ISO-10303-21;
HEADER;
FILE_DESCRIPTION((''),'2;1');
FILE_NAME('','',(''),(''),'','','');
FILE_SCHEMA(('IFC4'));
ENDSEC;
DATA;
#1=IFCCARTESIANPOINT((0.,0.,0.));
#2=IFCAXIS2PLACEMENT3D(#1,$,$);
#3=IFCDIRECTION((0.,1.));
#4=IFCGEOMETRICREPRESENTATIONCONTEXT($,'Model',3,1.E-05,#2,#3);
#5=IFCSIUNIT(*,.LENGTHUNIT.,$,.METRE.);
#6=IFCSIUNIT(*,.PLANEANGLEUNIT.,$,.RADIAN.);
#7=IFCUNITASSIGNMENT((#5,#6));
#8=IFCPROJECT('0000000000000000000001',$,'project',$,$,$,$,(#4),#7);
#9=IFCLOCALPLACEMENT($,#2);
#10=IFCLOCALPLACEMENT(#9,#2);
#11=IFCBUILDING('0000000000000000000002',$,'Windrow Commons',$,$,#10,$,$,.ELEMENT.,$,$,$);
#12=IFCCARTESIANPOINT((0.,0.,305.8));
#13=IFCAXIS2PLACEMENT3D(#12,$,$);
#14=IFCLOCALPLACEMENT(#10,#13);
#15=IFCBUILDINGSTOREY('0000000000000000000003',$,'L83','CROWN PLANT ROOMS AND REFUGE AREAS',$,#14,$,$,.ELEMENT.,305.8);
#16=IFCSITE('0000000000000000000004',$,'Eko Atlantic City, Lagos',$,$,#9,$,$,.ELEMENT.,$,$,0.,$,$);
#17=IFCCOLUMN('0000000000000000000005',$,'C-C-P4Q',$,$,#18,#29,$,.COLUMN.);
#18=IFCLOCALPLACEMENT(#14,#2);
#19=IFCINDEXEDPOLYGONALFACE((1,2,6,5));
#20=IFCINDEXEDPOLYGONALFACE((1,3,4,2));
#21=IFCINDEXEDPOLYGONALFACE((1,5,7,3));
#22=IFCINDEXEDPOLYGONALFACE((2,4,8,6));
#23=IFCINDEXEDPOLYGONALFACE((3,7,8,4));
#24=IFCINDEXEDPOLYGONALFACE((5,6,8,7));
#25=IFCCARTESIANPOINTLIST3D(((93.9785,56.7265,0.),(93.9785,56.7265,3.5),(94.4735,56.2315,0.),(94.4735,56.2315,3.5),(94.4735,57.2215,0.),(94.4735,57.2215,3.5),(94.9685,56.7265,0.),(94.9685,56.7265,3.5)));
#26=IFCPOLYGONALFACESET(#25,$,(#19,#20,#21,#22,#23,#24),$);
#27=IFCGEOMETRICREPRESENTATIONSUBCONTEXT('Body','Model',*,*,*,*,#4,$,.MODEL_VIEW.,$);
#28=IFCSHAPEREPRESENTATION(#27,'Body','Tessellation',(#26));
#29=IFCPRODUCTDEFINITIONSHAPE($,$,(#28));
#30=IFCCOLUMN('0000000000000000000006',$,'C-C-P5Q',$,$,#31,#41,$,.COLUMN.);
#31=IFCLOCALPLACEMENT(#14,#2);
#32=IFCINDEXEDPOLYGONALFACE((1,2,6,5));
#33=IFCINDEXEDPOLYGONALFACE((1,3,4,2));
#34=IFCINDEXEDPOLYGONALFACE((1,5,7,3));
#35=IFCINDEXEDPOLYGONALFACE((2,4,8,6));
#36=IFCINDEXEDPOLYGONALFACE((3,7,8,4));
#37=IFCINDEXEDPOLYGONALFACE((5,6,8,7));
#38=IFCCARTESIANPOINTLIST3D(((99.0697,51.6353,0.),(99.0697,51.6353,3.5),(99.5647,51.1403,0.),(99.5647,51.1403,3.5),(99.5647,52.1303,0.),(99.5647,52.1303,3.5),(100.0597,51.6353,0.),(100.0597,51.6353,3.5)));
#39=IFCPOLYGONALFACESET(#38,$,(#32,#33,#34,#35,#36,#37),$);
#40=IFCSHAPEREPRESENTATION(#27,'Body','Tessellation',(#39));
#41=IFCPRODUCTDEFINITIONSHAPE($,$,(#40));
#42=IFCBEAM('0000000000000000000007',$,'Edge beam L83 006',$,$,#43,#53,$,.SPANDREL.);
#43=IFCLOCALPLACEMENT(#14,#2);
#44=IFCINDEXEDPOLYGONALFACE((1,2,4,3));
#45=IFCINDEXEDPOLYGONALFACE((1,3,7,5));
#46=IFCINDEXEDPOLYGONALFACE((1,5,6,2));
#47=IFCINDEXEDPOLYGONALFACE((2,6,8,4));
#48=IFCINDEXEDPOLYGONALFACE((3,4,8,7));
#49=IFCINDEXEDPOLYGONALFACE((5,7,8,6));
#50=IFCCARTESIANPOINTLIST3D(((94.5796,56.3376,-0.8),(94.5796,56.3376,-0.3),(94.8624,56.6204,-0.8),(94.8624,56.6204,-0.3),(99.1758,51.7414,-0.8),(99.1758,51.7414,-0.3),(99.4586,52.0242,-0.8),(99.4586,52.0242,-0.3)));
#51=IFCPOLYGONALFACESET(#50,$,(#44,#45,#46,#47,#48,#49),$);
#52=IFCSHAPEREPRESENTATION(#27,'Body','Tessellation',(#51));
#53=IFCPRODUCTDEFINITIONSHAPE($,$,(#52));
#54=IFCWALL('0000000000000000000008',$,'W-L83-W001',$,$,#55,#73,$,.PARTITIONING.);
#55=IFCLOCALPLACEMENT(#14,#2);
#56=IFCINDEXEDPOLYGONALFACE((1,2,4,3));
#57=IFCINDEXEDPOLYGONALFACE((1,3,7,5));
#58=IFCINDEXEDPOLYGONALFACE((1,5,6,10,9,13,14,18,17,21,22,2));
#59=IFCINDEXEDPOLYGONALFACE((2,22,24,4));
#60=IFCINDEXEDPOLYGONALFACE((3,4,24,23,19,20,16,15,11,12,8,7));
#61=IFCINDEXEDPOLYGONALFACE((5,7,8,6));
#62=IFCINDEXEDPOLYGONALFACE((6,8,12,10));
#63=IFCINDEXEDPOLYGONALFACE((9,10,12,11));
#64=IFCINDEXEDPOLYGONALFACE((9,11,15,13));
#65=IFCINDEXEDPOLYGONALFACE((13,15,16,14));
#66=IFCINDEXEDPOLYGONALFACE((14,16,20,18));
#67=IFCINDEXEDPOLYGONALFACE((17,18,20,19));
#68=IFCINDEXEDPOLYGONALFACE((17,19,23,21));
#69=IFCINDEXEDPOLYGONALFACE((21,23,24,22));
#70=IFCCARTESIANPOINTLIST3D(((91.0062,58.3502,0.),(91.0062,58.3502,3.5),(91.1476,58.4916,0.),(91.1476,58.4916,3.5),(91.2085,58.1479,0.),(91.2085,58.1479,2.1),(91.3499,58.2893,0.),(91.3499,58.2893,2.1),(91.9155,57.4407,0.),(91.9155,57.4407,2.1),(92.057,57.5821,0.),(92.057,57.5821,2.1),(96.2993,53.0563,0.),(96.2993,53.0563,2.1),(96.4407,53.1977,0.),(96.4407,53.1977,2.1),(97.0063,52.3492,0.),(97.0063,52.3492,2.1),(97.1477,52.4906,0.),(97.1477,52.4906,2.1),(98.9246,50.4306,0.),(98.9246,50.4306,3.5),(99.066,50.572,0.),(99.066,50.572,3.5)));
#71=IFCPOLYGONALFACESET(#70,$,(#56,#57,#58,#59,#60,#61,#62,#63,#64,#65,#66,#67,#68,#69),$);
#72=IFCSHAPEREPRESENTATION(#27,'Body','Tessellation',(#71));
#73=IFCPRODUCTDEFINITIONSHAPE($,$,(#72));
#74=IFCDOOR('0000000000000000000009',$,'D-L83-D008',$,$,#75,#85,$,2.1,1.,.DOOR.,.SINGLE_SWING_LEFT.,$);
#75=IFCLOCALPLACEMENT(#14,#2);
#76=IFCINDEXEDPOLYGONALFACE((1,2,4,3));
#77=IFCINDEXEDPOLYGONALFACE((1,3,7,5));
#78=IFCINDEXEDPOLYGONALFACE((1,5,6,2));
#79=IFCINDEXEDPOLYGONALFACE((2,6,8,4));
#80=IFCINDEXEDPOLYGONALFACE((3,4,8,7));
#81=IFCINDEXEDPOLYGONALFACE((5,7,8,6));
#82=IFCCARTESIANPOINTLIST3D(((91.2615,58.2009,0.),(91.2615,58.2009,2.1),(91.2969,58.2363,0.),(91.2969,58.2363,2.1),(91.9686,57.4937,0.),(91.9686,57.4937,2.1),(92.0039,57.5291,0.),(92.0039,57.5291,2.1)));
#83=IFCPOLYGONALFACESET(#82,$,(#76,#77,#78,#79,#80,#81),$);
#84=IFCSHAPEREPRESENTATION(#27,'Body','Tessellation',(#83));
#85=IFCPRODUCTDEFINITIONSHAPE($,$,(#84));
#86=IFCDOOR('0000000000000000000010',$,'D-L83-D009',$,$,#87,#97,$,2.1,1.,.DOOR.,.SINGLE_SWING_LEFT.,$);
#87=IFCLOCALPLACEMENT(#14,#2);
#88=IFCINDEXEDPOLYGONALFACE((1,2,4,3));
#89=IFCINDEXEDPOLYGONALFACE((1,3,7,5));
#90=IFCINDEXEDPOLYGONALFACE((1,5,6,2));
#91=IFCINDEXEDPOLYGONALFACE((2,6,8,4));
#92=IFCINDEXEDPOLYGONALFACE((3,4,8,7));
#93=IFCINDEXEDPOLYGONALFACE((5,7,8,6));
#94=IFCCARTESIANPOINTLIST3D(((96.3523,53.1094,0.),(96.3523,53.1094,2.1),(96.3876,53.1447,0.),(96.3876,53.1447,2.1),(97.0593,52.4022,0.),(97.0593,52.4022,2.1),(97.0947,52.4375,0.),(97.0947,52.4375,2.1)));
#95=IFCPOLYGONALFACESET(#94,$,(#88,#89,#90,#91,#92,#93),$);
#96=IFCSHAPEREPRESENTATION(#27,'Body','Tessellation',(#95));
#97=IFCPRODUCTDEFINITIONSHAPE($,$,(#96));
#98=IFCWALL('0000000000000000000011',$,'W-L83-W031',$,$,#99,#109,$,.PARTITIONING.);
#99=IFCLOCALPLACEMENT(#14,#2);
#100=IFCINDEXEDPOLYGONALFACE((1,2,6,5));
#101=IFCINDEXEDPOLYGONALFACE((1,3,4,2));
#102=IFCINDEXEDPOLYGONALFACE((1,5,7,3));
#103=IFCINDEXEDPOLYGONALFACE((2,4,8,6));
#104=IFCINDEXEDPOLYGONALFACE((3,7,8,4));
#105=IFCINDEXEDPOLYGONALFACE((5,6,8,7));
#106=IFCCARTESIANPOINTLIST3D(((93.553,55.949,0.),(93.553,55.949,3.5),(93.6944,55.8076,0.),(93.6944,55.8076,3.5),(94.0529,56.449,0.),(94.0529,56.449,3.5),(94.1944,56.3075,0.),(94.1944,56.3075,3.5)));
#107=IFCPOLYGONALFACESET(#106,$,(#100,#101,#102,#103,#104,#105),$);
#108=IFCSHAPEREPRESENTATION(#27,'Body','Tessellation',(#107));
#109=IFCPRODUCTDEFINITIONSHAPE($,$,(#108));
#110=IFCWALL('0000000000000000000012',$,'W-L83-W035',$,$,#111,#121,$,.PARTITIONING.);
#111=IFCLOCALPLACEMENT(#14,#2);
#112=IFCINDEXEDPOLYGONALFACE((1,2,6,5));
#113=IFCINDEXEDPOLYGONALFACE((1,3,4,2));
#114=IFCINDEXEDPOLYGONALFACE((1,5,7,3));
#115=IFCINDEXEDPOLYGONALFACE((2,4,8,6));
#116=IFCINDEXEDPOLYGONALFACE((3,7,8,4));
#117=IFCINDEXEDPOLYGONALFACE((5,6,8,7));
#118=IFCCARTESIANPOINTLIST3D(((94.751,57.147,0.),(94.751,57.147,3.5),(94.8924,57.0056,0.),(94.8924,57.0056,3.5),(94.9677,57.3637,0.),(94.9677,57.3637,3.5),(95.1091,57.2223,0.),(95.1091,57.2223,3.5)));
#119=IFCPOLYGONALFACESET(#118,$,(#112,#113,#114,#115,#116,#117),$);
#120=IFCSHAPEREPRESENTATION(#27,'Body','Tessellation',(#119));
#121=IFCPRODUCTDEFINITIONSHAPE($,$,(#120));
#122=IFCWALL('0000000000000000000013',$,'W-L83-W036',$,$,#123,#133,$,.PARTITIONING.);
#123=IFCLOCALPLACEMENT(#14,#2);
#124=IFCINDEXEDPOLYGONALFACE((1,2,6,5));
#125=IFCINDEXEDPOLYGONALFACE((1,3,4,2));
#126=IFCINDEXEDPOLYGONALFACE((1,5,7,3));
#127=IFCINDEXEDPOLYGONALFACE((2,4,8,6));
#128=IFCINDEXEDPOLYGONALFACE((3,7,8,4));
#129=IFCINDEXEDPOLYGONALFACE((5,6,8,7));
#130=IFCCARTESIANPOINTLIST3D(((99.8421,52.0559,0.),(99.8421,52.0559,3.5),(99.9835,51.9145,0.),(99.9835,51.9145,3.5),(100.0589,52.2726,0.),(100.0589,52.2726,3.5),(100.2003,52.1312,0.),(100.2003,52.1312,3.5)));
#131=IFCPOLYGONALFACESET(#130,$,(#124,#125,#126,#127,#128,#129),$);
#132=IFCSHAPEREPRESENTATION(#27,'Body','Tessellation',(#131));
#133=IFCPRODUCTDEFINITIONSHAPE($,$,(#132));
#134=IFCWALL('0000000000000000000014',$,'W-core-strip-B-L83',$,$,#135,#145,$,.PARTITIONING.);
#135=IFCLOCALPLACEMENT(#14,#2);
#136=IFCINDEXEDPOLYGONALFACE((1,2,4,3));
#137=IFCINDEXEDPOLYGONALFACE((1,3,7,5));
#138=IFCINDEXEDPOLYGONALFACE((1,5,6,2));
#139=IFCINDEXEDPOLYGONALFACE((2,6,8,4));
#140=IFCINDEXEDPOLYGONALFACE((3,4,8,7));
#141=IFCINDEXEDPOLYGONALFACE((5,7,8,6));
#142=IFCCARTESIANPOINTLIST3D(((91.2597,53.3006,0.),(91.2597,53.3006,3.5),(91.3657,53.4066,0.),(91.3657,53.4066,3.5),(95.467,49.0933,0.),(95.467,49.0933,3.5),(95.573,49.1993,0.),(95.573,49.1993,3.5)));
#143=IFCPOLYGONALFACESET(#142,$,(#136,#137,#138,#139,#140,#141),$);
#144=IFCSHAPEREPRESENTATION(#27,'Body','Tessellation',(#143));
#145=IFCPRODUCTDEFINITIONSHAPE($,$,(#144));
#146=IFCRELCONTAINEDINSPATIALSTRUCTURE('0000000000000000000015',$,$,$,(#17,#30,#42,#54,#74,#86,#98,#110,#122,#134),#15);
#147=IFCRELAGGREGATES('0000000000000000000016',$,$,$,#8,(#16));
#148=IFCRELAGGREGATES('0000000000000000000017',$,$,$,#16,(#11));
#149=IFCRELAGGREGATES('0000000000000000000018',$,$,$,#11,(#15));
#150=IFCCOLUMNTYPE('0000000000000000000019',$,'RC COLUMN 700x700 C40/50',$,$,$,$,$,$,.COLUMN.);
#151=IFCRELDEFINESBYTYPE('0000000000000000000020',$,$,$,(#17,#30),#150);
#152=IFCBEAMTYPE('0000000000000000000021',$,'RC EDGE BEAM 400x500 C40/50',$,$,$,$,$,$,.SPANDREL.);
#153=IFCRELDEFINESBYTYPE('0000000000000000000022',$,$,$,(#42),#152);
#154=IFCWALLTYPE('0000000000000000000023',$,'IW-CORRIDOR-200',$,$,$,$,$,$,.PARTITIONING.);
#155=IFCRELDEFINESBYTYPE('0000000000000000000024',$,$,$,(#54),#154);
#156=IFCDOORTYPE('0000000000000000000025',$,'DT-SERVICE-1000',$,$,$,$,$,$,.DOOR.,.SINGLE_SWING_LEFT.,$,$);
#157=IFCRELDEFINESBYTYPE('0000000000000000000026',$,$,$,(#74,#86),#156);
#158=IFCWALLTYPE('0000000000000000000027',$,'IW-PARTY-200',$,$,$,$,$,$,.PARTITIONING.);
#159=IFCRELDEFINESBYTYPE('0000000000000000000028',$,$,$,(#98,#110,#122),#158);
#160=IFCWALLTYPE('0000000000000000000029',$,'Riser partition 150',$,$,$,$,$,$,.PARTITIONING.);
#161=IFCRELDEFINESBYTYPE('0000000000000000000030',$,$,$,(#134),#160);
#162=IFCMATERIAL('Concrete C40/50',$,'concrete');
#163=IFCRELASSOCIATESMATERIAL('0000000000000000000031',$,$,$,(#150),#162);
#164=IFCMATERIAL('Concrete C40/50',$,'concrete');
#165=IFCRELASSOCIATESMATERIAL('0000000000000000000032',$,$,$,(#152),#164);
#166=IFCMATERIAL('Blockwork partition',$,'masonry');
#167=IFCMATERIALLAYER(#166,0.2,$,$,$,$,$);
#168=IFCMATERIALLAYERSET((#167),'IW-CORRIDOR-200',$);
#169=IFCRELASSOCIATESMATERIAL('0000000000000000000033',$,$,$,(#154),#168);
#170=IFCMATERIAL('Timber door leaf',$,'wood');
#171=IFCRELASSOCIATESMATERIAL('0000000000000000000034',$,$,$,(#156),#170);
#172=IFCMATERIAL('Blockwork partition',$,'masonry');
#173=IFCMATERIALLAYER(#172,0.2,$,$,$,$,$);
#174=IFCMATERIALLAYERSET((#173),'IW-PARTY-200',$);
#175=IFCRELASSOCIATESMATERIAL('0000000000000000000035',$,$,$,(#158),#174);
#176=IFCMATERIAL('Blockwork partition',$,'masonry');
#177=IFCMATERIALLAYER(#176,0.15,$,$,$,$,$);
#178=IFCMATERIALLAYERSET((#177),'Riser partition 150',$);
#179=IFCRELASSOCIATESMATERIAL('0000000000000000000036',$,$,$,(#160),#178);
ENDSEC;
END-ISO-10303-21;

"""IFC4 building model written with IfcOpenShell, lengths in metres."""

from ifc_helpers import new_model, si_unit, direction, frame, frame_2d, origin, origin_2d, place, context, subcontext, project, spatial, polyline, rectangle, outline, extrude, material, layer, layer_set, material_profile, profile_set, type_object, element, fill, save


model = new_model("IFC4")

# Units and contexts
model_context = context("Model", 3, precision=1e-05, world=origin(), true_north=direction((0.0, 1.0)))
body_context = subcontext(model_context, "Body", "Model", "MODEL_VIEW")
ifc_project = project(units=[si_unit("LENGTHUNIT", "METRE"), si_unit("PLANEANGLEUNIT", "RADIAN")], contexts=[model_context])

# Site, building, storey
site_placement = place(None, origin())
site = spatial("IfcSite", under=ifc_project, at=site_placement, Name="Eko Atlantic City, Lagos", CompositionType="ELEMENT", RefElevation=0.0)
building_placement = place(site_placement, origin())
building = spatial("IfcBuilding", under=site, at=building_placement, Name="Windrow Commons", CompositionType="ELEMENT")
storey_placement = place(building_placement, frame((0.0, 0.0, 305.8)))
storey = spatial("IfcBuildingStorey", under=building, at=storey_placement, Name="L83", Description="CROWN PLANT ROOMS AND REFUGE AREAS", CompositionType="ELEMENT", Elevation=305.8)

# Columns
ifc_material_1 = material(Name="Concrete C40/50", Category="concrete")
ifc_material_profile_1 = material_profile(ifc_material_1, rectangle(XDim=0.7, YDim=0.7, at=origin_2d()))
ifc_profile_set_1 = profile_set([ifc_material_profile_1], Name="Concrete C40/50")
column_type = type_object("IfcColumnType", Name="RC COLUMN 700x700 C40/50", PredefinedType="COLUMN", material=ifc_profile_set_1)
for number, where, z_axis, x_axis, name in (
    (1, (94.4735, 56.7265, 0.0), (0.0, 0.0, 1.0), (0.707107, -0.707107, 0.0), "C-C-P4Q"),
    (2, (99.5647, 51.6353, 0.0), (0.0, 0.0, 1.0), (0.707107, -0.707107, 0.0), "C-C-P5Q"),
):
    element("IfcColumn", number, at=place(storey_placement, frame(where, z_axis=z_axis, x_axis=x_axis)), inside=storey, type_object=column_type, Name=name, PredefinedType="COLUMN", context=body_context, shape_type="SweptSolid", body=[
        extrude(rectangle(XDim=0.7, YDim=0.7, at=origin_2d()), origin(), (0.0, 0.0, 1.0), 3.5),
    ])

# Beam
ifc_material_2 = material(Name="Concrete C40/50", Category="concrete")
ifc_material_profile_2 = material_profile(ifc_material_2, rectangle(XDim=0.4, YDim=0.5, at=origin_2d()))
ifc_profile_set_2 = profile_set([ifc_material_profile_2], Name="Concrete C40/50")
beam_type = type_object("IfcBeamType", Name="RC EDGE BEAM 400x500 C40/50", PredefinedType="SPANDREL", material=ifc_profile_set_2)
beam_placement = place(storey_placement, frame((94.721, 56.479, -0.55), z_axis=(0.707107, -0.707107, 0.0), x_axis=(0.707107, 0.707107, 0.0)))
element("IfcBeam", 3, at=beam_placement, inside=storey, type_object=beam_type, Name="Edge beam L83 006", PredefinedType="SPANDREL", context=body_context, shape_type="SweptSolid", body=[
    extrude(rectangle(XDim=0.4, YDim=0.5, at=origin_2d()), origin(), (0.0, 0.0, 1.0), 6.5),
])

# Wall, openings, doors
ifc_material_3 = material(Name="Blockwork partition", Category="masonry")
ifc_layer_1 = layer(ifc_material_3, 0.2)
ifc_layer_set_1 = layer_set([ifc_layer_1], Name="IW-CORRIDOR-200")
wall_type_1 = type_object("IfcWallType", Name="IW-CORRIDOR-200", PredefinedType="PARTITIONING", material=ifc_layer_set_1)
wall_1_placement = place(storey_placement, frame((91.0769, 58.4209, 0.0), z_axis=(0.0, 0.0, 1.0), x_axis=(0.707053, -0.70716, 0.0)))
wall_1 = element("IfcWall", 4, at=wall_1_placement, inside=storey, type_object=wall_type_1, Name="W-L83-W001", PredefinedType="PARTITIONING", context=body_context, shape_type="SweptSolid", body=[
    extrude(rectangle(XDim=11.1992, YDim=0.2, at=frame_2d((5.5996, 0.0))), origin(), (0.0, 0.0, 1.0), 3.5),
])
opening_1_placement = place(wall_1_placement, frame((0.2861, 0.0, 0.0)))
opening_1 = element("IfcOpeningElement", 5, at=opening_1_placement, cuts=wall_1, PredefinedType="OPENING", context=body_context, shape_type="SweptSolid", body=[
    extrude(rectangle(XDim=1.0, YDim=2.1, at=frame_2d((0.5, 1.05))), frame((0.0, 0.11, 0.0), z_axis=(0.0, -1.0, 0.0), x_axis=(1.0, 0.0, 0.0)), (0.0, 0.0, 1.0), 0.22),
])
opening_2_placement = place(wall_1_placement, frame((7.4861, 0.0, 0.0)))
opening_2 = element("IfcOpeningElement", 6, at=opening_2_placement, cuts=wall_1, PredefinedType="OPENING", context=body_context, shape_type="SweptSolid", body=[
    extrude(rectangle(XDim=1.0, YDim=2.1, at=frame_2d((0.5, 1.05))), frame((0.0, 0.11, 0.0), z_axis=(0.0, -1.0, 0.0), x_axis=(1.0, 0.0, 0.0)), (0.0, 0.0, 1.0), 0.22),
])
ifc_material_4 = material(Name="Timber door leaf", Category="wood")
door_type = type_object("IfcDoorType", Name="DT-SERVICE-1000", OperationType="SINGLE_SWING_LEFT", PredefinedType="DOOR", material=ifc_material_4)
door_1_placement = place(opening_1_placement, origin())
door_1 = element("IfcDoor", 7, at=door_1_placement, inside=storey, type_object=door_type, Name="D-L83-D008", OperationType="SINGLE_SWING_LEFT", OverallHeight=2.1, OverallWidth=1.0, PredefinedType="DOOR", context=body_context, shape_type="SweptSolid", body=[
    extrude(rectangle(XDim=1.0, YDim=2.1, at=frame_2d((0.5, 1.05))), frame((0.0, 0.025, 0.0), z_axis=(0.0, -1.0, 0.0), x_axis=(1.0, 0.0, 0.0)), (0.0, 0.0, 1.0), 0.05),
])
fill(opening_1, door_1)
door_2_placement = place(opening_2_placement, origin())
door_2 = element("IfcDoor", 8, at=door_2_placement, inside=storey, type_object=door_type, Name="D-L83-D009", OperationType="SINGLE_SWING_LEFT", OverallHeight=2.1, OverallWidth=1.0, PredefinedType="DOOR", context=body_context, shape_type="SweptSolid", body=[
    extrude(rectangle(XDim=1.0, YDim=2.1, at=frame_2d((0.5, 1.05))), frame((0.0, 0.025, 0.0), z_axis=(0.0, -1.0, 0.0), x_axis=(1.0, 0.0, 0.0)), (0.0, 0.0, 1.0), 0.05),
])
fill(opening_2, door_2)

# Walls
ifc_material_5 = material(Name="Blockwork partition", Category="masonry")
ifc_layer_2 = layer(ifc_material_5, 0.2)
ifc_layer_set_2 = layer_set([ifc_layer_2], Name="IW-PARTY-200")
wall_type_2 = type_object("IfcWallType", Name="IW-PARTY-200", PredefinedType="PARTITIONING", material=ifc_layer_set_2)
wall_2_placement = place(storey_placement, frame((93.6237, 55.8783, 0.0), z_axis=(0.0, 0.0, 1.0), x_axis=(0.707107, 0.707107, 0.0)))
element("IfcWall", 9, at=wall_2_placement, inside=storey, type_object=wall_type_2, Name="W-L83-W031", PredefinedType="PARTITIONING", context=body_context, shape_type="SweptSolid", body=[
    extrude(rectangle(XDim=0.7071, YDim=0.2, at=frame_2d((0.3535, 0.0))), origin(), (0.0, 0.0, 1.0), 3.5),
])
for number, where, z_axis, x_axis, name in (
    (10, (94.8217, 57.0763, 0.0), (0.0, 0.0, 1.0), (0.707107, 0.707107, 0.0), "W-L83-W035"),
    (11, (99.9128, 51.9852, 0.0), (0.0, 0.0, 1.0), (0.70727, 0.706944, 0.0), "W-L83-W036"),
):
    element("IfcWall", number, at=place(storey_placement, frame(where, z_axis=z_axis, x_axis=x_axis)), inside=storey, type_object=wall_type_2, Name=name, PredefinedType="PARTITIONING", context=body_context, shape_type="SweptSolid", body=[
        extrude(outline(polyline([(0.0, -0.1), (0.3065, -0.1), (0.3065, 0.1), (0.0, 0.1), (0.0, -0.1)])), origin(), (0.0, 0.0, 1.0), 3.5),
    ])
ifc_material_6 = material(Name="Blockwork partition", Category="masonry")
ifc_layer_3 = layer(ifc_material_6, 0.15)
ifc_layer_set_3 = layer_set([ifc_layer_3], Name="Riser partition 150")
wall_type_3 = type_object("IfcWallType", Name="Riser partition 150", PredefinedType="PARTITIONING", material=ifc_layer_set_3)
wall_3_placement = place(storey_placement, frame((91.3127, 53.3536, 0.0), z_axis=(0.0, 0.0, 1.0), x_axis=(0.707107, -0.707107, 0.0)))
element("IfcWall", 12, at=wall_3_placement, inside=storey, type_object=wall_type_3, Name="W-core-strip-B-L83", PredefinedType="PARTITIONING", context=body_context, shape_type="SweptSolid", body=[
    extrude(outline(polyline([(0.0, 0.0), (5.95, 0.0), (5.95, 3.5), (0.0, 3.5), (0.0, 0.0)])), frame((0.0, 0.075, 0.0), z_axis=(0.0, -1.0, 0.0), x_axis=(1.0, 0.0, 0.0)), (0.0, 0.0, 1.0), 0.15),
])

save(model, "model.ifc")
